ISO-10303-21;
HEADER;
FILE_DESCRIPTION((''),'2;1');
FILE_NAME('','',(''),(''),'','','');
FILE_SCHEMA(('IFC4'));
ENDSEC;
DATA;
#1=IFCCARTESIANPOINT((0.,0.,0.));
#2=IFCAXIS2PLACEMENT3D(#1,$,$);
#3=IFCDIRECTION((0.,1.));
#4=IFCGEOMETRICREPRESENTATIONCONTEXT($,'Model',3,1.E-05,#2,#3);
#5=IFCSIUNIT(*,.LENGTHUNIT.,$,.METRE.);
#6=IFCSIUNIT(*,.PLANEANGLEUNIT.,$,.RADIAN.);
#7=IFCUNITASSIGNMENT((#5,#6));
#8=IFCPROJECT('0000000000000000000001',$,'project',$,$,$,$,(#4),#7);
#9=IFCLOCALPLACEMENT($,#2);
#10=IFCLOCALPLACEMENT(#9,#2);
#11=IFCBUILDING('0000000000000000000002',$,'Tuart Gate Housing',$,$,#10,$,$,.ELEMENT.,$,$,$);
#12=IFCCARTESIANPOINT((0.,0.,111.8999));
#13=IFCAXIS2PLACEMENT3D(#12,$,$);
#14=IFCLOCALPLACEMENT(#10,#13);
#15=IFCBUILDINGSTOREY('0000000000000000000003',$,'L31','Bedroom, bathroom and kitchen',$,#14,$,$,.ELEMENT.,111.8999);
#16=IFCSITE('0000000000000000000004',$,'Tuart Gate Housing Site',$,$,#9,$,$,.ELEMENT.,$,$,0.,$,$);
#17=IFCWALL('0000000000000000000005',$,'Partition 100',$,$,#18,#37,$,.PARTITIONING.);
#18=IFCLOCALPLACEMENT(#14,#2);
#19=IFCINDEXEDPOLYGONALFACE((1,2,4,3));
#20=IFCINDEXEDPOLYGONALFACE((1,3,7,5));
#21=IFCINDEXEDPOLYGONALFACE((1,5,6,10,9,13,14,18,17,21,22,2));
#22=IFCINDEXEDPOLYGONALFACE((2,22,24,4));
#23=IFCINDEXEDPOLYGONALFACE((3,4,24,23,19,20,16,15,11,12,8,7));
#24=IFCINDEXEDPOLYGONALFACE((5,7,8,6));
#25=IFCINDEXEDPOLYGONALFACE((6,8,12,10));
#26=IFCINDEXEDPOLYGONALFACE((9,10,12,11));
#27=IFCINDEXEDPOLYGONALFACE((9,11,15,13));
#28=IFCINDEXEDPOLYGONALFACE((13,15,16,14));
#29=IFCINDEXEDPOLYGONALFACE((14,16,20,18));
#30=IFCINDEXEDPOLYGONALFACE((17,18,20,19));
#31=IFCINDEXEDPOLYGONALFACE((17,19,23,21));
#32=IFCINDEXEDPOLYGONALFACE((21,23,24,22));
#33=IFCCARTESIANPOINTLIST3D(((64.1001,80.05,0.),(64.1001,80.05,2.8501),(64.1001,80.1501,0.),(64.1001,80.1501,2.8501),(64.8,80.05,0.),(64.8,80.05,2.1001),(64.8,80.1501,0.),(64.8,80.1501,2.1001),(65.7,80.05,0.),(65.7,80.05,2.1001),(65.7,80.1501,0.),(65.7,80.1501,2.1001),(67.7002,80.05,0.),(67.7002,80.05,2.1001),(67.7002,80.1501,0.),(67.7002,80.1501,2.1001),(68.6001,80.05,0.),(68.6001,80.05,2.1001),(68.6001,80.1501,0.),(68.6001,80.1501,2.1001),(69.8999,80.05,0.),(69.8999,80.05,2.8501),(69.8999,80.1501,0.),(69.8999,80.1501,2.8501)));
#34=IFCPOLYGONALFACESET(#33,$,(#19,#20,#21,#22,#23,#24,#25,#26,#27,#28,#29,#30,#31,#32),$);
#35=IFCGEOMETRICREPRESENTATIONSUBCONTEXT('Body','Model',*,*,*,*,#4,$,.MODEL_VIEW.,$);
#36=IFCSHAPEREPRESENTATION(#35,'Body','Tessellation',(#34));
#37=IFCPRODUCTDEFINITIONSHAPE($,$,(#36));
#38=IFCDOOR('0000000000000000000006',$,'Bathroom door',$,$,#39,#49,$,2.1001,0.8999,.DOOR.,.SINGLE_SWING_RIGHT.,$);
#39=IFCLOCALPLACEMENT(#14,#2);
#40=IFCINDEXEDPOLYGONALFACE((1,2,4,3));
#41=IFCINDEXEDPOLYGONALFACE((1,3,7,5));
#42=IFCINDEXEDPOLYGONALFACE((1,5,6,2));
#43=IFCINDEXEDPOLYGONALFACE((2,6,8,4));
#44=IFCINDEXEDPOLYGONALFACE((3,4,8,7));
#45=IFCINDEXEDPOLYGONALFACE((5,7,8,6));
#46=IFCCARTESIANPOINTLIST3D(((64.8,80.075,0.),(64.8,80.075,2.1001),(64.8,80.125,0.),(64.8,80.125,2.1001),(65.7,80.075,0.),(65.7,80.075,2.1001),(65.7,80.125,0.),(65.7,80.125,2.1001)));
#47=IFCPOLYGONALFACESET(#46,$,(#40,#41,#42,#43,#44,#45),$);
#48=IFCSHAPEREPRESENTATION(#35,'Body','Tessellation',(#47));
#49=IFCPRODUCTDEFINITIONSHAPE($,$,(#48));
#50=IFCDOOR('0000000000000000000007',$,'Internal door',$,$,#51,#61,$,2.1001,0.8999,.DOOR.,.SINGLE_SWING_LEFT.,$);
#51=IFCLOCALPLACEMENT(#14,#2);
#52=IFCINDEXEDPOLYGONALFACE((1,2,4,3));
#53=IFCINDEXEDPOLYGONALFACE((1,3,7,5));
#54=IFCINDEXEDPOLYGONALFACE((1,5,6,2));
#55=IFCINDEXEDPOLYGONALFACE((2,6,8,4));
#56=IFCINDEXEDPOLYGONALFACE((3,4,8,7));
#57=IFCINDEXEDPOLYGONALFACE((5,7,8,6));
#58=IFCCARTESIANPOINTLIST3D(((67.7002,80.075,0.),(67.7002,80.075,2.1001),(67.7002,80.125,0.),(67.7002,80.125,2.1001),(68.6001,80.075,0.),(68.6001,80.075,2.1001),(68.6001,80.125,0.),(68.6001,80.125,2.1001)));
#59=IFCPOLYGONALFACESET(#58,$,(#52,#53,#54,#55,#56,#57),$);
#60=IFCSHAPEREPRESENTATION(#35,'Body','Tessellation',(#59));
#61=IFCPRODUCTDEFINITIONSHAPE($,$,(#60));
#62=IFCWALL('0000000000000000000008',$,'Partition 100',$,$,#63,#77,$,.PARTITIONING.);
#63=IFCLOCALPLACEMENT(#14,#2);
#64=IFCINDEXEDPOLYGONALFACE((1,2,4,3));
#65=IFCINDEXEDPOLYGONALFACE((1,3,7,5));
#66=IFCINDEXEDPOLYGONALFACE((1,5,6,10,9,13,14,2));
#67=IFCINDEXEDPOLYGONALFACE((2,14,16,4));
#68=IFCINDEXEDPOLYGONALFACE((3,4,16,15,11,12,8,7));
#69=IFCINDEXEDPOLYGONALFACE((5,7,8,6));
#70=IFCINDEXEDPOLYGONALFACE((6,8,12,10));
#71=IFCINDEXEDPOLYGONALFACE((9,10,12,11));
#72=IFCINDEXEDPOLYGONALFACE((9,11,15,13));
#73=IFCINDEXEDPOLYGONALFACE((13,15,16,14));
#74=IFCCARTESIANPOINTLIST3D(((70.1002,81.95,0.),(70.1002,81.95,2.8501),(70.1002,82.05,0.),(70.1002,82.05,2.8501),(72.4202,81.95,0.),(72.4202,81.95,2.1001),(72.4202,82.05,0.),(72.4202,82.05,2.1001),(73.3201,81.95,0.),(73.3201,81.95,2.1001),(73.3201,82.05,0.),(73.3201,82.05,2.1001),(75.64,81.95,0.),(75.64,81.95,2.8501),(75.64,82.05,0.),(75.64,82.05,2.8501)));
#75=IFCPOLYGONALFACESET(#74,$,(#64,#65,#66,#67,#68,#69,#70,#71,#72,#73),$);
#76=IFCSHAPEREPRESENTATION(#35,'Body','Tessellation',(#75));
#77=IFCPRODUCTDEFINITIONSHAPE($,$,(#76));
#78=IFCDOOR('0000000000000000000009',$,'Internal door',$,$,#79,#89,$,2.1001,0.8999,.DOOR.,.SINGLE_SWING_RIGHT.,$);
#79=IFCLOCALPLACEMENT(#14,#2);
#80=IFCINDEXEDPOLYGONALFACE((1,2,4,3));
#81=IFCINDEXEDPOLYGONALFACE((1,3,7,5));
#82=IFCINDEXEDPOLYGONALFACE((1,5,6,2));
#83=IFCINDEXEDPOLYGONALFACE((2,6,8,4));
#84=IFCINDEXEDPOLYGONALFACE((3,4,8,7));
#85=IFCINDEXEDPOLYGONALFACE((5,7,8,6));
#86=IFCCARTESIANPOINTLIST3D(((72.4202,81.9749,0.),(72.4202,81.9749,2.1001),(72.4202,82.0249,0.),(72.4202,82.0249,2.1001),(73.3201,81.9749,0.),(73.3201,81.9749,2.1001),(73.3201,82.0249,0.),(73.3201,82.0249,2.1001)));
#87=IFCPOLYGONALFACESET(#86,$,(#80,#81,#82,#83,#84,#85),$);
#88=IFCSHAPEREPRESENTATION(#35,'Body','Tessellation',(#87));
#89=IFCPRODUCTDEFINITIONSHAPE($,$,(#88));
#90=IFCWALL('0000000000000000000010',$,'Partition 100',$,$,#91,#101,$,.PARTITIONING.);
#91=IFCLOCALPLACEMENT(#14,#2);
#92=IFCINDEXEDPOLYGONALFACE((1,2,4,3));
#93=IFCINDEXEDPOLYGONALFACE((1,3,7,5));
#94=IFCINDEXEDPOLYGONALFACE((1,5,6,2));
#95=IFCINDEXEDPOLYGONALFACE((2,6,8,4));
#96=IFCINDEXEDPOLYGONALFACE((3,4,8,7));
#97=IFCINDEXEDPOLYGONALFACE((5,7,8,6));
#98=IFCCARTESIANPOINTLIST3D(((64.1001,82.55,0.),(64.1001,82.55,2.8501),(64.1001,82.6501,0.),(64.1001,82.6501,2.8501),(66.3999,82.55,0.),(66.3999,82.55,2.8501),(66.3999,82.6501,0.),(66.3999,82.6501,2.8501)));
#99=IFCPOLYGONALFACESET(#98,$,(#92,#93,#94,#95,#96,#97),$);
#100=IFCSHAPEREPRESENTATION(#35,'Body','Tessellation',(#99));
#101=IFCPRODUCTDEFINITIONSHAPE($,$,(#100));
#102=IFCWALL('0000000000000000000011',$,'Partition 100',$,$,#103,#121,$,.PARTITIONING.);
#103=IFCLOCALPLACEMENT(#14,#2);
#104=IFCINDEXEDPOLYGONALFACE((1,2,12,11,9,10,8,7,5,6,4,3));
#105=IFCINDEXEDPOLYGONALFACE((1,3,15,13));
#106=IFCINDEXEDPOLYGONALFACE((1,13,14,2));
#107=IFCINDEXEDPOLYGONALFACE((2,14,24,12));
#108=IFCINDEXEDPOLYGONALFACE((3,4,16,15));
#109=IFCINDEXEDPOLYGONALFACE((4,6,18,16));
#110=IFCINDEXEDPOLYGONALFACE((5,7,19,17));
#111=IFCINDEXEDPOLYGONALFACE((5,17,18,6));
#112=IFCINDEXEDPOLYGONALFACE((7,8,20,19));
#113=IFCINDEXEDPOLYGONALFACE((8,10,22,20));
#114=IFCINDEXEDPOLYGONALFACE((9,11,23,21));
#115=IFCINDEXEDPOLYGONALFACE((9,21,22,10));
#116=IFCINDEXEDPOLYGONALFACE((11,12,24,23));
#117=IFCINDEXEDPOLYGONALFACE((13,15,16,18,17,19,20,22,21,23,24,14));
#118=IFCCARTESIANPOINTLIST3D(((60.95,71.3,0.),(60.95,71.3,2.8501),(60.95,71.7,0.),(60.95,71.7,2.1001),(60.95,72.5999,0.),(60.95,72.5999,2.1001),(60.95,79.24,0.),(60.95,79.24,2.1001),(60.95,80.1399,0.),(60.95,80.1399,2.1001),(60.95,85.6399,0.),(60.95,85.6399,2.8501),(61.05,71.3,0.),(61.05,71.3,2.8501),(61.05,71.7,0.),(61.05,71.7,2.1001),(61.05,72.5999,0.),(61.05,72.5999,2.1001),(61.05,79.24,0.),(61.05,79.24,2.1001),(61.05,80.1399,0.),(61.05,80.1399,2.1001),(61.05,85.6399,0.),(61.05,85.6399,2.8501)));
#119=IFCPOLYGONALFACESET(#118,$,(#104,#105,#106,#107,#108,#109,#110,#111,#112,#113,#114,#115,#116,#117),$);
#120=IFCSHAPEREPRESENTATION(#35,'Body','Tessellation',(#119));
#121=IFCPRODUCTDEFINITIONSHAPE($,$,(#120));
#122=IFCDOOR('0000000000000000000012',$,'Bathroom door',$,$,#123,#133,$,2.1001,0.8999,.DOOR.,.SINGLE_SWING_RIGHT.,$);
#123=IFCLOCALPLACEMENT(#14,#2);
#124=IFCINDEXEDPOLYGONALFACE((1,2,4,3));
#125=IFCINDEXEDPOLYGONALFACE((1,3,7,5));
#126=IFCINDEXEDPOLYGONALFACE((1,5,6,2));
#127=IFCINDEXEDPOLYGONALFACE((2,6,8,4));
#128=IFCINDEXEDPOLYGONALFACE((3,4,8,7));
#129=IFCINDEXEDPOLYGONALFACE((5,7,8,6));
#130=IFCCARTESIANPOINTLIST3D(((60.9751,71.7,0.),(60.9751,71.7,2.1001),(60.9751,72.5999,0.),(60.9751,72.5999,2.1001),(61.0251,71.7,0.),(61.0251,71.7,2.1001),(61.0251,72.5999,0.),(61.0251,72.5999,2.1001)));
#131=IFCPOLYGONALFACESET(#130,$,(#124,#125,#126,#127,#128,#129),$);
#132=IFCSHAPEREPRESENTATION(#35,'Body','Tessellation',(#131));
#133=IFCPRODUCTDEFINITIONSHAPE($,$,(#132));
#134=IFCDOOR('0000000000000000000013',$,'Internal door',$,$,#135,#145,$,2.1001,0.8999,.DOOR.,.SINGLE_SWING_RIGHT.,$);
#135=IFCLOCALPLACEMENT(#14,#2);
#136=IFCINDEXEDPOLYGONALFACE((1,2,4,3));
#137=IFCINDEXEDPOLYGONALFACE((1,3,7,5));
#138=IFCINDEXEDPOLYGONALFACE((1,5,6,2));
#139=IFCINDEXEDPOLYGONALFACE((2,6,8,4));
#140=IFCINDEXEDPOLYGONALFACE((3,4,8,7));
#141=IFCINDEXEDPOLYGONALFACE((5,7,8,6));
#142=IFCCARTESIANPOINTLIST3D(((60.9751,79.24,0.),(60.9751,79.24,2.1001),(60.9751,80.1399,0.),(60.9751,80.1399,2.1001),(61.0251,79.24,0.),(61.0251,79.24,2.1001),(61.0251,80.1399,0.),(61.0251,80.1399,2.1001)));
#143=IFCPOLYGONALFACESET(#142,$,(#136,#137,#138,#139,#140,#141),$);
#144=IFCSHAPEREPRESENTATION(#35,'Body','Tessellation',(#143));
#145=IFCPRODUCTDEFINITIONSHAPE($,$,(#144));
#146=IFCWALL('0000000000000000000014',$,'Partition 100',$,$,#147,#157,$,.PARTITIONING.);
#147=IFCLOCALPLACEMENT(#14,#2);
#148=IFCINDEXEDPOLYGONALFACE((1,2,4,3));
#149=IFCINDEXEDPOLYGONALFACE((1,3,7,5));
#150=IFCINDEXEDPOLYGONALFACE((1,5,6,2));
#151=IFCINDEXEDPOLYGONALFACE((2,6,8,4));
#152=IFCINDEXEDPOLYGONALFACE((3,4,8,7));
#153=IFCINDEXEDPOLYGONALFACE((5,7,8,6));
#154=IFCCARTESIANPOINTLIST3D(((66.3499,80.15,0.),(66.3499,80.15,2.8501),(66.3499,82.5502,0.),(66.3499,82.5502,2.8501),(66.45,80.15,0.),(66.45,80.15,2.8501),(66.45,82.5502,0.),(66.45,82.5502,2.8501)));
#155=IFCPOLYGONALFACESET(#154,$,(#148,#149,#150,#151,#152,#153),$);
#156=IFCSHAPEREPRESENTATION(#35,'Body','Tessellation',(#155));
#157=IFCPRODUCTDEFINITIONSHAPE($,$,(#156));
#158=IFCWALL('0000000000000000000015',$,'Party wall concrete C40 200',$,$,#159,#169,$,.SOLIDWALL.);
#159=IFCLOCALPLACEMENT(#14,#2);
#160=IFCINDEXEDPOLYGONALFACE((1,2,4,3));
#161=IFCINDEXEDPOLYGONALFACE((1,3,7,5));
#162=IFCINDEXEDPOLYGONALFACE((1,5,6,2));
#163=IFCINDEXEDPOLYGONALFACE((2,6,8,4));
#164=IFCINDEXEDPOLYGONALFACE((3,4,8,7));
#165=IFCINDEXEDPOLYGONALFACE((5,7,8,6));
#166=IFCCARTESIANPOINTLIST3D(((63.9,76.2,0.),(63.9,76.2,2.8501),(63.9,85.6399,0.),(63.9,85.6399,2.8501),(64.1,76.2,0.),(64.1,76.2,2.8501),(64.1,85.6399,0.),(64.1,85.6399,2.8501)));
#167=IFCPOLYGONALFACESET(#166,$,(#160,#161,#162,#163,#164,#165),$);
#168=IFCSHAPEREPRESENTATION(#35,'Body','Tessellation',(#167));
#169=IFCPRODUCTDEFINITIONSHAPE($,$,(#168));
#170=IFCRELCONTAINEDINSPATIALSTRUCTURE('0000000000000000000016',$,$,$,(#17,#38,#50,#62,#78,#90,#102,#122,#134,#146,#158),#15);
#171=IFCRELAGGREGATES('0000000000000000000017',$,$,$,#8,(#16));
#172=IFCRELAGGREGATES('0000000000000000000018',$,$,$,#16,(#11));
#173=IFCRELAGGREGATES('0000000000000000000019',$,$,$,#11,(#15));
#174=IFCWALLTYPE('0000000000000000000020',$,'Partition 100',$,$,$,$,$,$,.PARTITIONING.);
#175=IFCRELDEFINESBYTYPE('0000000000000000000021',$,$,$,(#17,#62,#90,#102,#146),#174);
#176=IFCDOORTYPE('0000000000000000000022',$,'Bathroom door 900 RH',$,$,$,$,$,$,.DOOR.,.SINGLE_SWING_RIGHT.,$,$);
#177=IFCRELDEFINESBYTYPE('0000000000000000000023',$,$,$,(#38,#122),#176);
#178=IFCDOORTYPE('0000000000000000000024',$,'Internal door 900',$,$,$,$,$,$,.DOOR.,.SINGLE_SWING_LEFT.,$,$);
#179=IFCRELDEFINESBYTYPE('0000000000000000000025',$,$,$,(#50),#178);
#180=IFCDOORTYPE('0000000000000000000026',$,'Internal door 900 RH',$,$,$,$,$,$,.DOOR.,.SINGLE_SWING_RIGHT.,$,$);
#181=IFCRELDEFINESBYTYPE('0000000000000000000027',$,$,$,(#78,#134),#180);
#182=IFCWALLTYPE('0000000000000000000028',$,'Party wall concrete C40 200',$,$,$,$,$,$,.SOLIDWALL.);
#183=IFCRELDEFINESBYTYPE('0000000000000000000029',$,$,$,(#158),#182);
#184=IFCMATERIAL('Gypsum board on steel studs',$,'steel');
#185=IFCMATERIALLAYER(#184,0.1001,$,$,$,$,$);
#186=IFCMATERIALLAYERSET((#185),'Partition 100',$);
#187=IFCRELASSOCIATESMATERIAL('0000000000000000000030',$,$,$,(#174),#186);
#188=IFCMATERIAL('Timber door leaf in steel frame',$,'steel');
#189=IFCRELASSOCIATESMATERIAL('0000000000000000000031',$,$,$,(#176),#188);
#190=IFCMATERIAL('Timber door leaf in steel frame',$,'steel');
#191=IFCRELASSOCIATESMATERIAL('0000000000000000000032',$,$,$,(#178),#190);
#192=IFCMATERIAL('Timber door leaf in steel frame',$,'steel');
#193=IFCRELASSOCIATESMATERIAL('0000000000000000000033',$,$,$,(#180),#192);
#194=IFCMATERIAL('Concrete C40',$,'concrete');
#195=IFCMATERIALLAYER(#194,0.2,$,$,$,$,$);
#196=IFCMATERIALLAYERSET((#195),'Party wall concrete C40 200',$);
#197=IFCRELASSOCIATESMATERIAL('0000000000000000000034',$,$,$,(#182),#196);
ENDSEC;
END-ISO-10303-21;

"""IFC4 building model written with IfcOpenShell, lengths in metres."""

from ifc_helpers import new_model, si_unit, direction, frame, frame_2d, origin, place, context, subcontext, project, spatial, rectangle, extrude, material, layer, layer_set, type_object, element, fill, save


model = new_model("IFC4")

# Units and contexts
model_context = context("Model", 3, precision=1e-05, world=origin(), true_north=direction((0.0, 1.0)))
body_context = subcontext(model_context, "Body", "Model", "MODEL_VIEW")
ifc_project = project(units=[si_unit("LENGTHUNIT", "METRE"), si_unit("PLANEANGLEUNIT", "RADIAN")], contexts=[model_context])

# Site, building, storey
site_placement = place(None, origin())
site = spatial("IfcSite", under=ifc_project, at=site_placement, Name="Tuart Gate Housing Site", CompositionType="ELEMENT", RefElevation=0.0)
building_placement = place(site_placement, origin())
building = spatial("IfcBuilding", under=site, at=building_placement, Name="Tuart Gate Housing", CompositionType="ELEMENT")
storey_placement = place(building_placement, frame((0.0, 0.0, 111.8999)))
storey = spatial("IfcBuildingStorey", under=building, at=storey_placement, Name="L31", Description="Bedroom, bathroom and kitchen", CompositionType="ELEMENT", Elevation=111.8999)

# Shared definitions
ifc_material_1 = material(Name="Gypsum board on steel studs", Category="steel")
ifc_layer_1 = layer(ifc_material_1, 0.1001)
ifc_layer_set_1 = layer_set([ifc_layer_1], Name="Partition 100")
wall_type_1 = type_object("IfcWallType", Name="Partition 100", PredefinedType="PARTITIONING", material=ifc_layer_set_1)

# Wall, openings, doors
wall_1_placement = place(storey_placement, frame((64.1001, 80.1001, 0.0), z_axis=(0.0, 0.0, 1.0), x_axis=(1.0, 0.0, 0.0)))
wall_1 = element("IfcWall", 1, at=wall_1_placement, inside=storey, type_object=wall_type_1, Name="Partition 100", PredefinedType="PARTITIONING", context=body_context, shape_type="SweptSolid", body=[
    extrude(rectangle(XDim=5.7998, YDim=0.1001, at=frame_2d((2.8999, 0.0))), origin(), (0.0, 0.0, 1.0), 2.8501),
])
opening_1_placement = place(wall_1_placement, frame((3.6001, 0.0, 0.0)))
opening_1 = element("IfcOpeningElement", 2, at=opening_1_placement, cuts=wall_1, PredefinedType="OPENING", context=body_context, shape_type="SweptSolid", body=[
    extrude(rectangle(XDim=0.8999, YDim=2.1001, at=frame_2d((0.45, 1.05))), frame((0.0, 0.0601, 0.0), z_axis=(0.0, -1.0, 0.0), x_axis=(1.0, 0.0, 0.0)), (0.0, 0.0, 1.0), 0.1201),
])
opening_2_placement = place(wall_1_placement, frame((0.7, 0.0, 0.0)))
opening_2 = element("IfcOpeningElement", 3, at=opening_2_placement, cuts=wall_1, PredefinedType="OPENING", context=body_context, shape_type="SweptSolid", body=[
    extrude(rectangle(XDim=0.8999, YDim=2.1001, at=frame_2d((0.45, 1.05))), frame((0.0, 0.0601, 0.0), z_axis=(0.0, -1.0, 0.0), x_axis=(1.0, 0.0, 0.0)), (0.0, 0.0, 1.0), 0.1201),
])
ifc_material_2 = material(Name="Timber door leaf in steel frame", Category="steel")
door_type_1 = type_object("IfcDoorType", Name="Bathroom door 900 RH", OperationType="SINGLE_SWING_RIGHT", PredefinedType="DOOR", material=ifc_material_2)
door_1_placement = place(opening_2_placement, origin())
door_1 = element("IfcDoor", 4, at=door_1_placement, inside=storey, type_object=door_type_1, Name="Bathroom door", OperationType="SINGLE_SWING_RIGHT", OverallHeight=2.1001, OverallWidth=0.8999, PredefinedType="DOOR", context=body_context, shape_type="SweptSolid", body=[
    extrude(rectangle(XDim=0.8999, YDim=2.1001, at=frame_2d((0.45, 1.05))), frame((0.0, 0.0249, 0.0), z_axis=(0.0, -1.0, 0.0), x_axis=(1.0, 0.0, 0.0)), (0.0, 0.0, 1.0), 0.05),
])
fill(opening_2, door_1)
ifc_material_3 = material(Name="Timber door leaf in steel frame", Category="steel")
door_type_2 = type_object("IfcDoorType", Name="Internal door 900", OperationType="SINGLE_SWING_LEFT", PredefinedType="DOOR", material=ifc_material_3)
door_2_placement = place(opening_1_placement, origin())
door_2 = element("IfcDoor", 5, at=door_2_placement, inside=storey, type_object=door_type_2, Name="Internal door", OperationType="SINGLE_SWING_LEFT", OverallHeight=2.1001, OverallWidth=0.8999, PredefinedType="DOOR", context=body_context, shape_type="SweptSolid", body=[
    extrude(rectangle(XDim=0.8999, YDim=2.1001, at=frame_2d((0.45, 1.05))), frame((0.0, 0.0249, 0.0), z_axis=(0.0, -1.0, 0.0), x_axis=(1.0, 0.0, 0.0)), (0.0, 0.0, 1.0), 0.05),
])
fill(opening_1, door_2)

# Wall, opening, door
wall_2_placement = place(storey_placement, frame((70.1001, 82.0, 0.0), z_axis=(0.0, 0.0, 1.0), x_axis=(1.0, 0.0, 0.0)))
wall_2 = element("IfcWall", 6, at=wall_2_placement, inside=storey, type_object=wall_type_1, Name="Partition 100", PredefinedType="PARTITIONING", context=body_context, shape_type="SweptSolid", body=[
    extrude(rectangle(XDim=5.5398, YDim=0.1001, at=frame_2d((2.77, 0.0))), origin(), (0.0, 0.0, 1.0), 2.8501),
])
opening_3_placement = place(wall_2_placement, frame((2.3201, 0.0, 0.0)))
opening_3 = element("IfcOpeningElement", 7, at=opening_3_placement, cuts=wall_2, PredefinedType="OPENING", context=body_context, shape_type="SweptSolid", body=[
    extrude(rectangle(XDim=0.8999, YDim=2.1001, at=frame_2d((0.45, 1.05))), frame((0.0, 0.0601, 0.0), z_axis=(0.0, -1.0, 0.0), x_axis=(1.0, 0.0, 0.0)), (0.0, 0.0, 1.0), 0.1201),
])
ifc_material_4 = material(Name="Timber door leaf in steel frame", Category="steel")
door_type_3 = type_object("IfcDoorType", Name="Internal door 900 RH", OperationType="SINGLE_SWING_RIGHT", PredefinedType="DOOR", material=ifc_material_4)
door_3_placement = place(opening_3_placement, origin())
door_3 = element("IfcDoor", 8, at=door_3_placement, inside=storey, type_object=door_type_3, Name="Internal door", OperationType="SINGLE_SWING_RIGHT", OverallHeight=2.1001, OverallWidth=0.8999, PredefinedType="DOOR", context=body_context, shape_type="SweptSolid", body=[
    extrude(rectangle(XDim=0.8999, YDim=2.1001, at=frame_2d((0.45, 1.05))), frame((0.0, 0.0249, 0.0), z_axis=(0.0, -1.0, 0.0), x_axis=(1.0, 0.0, 0.0)), (0.0, 0.0, 1.0), 0.05),
])
fill(opening_3, door_3)

# Wall
wall_3_placement = place(storey_placement, frame((64.1001, 82.6001, 0.0), z_axis=(0.0, 0.0, 1.0), x_axis=(1.0, 0.0, 0.0)))
element("IfcWall", 9, at=wall_3_placement, inside=storey, type_object=wall_type_1, Name="Partition 100", PredefinedType="PARTITIONING", context=body_context, shape_type="SweptSolid", body=[
    extrude(rectangle(XDim=2.2998, YDim=0.1001, at=frame_2d((1.1499, 0.0))), origin(), (0.0, 0.0, 1.0), 2.8501),
])

# Wall, openings, doors
wall_4_placement = place(storey_placement, frame((61.0, 71.3, 0.0), z_axis=(0.0, 0.0, 1.0), x_axis=(0.0, 1.0, 0.0)))
wall_4 = element("IfcWall", 10, at=wall_4_placement, inside=storey, type_object=wall_type_1, Name="Partition 100", PredefinedType="PARTITIONING", context=body_context, shape_type="SweptSolid", body=[
    extrude(rectangle(XDim=14.3398, YDim=0.1001, at=frame_2d((7.1699, 0.0))), origin(), (0.0, 0.0, 1.0), 2.8501),
])
opening_4_placement = place(wall_4_placement, frame((7.9399, 0.0, 0.0)))
opening_4 = element("IfcOpeningElement", 11, at=opening_4_placement, cuts=wall_4, PredefinedType="OPENING", context=body_context, shape_type="SweptSolid", body=[
    extrude(rectangle(XDim=0.8999, YDim=2.1001, at=frame_2d((0.45, 1.05))), frame((0.0, 0.0601, 0.0), z_axis=(0.0, -1.0, 0.0), x_axis=(1.0, 0.0, 0.0)), (0.0, 0.0, 1.0), 0.1201),
])
opening_5_placement = place(wall_4_placement, frame((0.3999, 0.0, 0.0)))
opening_5 = element("IfcOpeningElement", 12, at=opening_5_placement, cuts=wall_4, PredefinedType="OPENING", context=body_context, shape_type="SweptSolid", body=[
    extrude(rectangle(XDim=0.8999, YDim=2.1001, at=frame_2d((0.45, 1.05))), frame((0.0, 0.0601, 0.0), z_axis=(0.0, -1.0, 0.0), x_axis=(1.0, 0.0, 0.0)), (0.0, 0.0, 1.0), 0.1201),
])
door_4_placement = place(opening_5_placement, frame((0.8999, 0.0, 0.0), z_axis=(0.0, 0.0, 1.0), x_axis=(-1.0, 0.0, 0.0)))
door_4 = element("IfcDoor", 13, at=door_4_placement, inside=storey, type_object=door_type_1, Name="Bathroom door", OperationType="SINGLE_SWING_RIGHT", OverallHeight=2.1001, OverallWidth=0.8999, PredefinedType="DOOR", context=body_context, shape_type="SweptSolid", body=[
    extrude(rectangle(XDim=0.8999, YDim=2.1001, at=frame_2d((0.45, 1.05))), frame((0.0, 0.0251, 0.0), z_axis=(0.0, -1.0, 0.0), x_axis=(1.0, 0.0, 0.0)), (0.0, 0.0, 1.0), 0.05),
])
fill(opening_5, door_4)
door_5_placement = place(opening_4_placement, frame((0.8999, 0.0, 0.0), z_axis=(0.0, 0.0, 1.0), x_axis=(-1.0, 0.0, 0.0)))
door_5 = element("IfcDoor", 14, at=door_5_placement, inside=storey, type_object=door_type_3, Name="Internal door", OperationType="SINGLE_SWING_RIGHT", OverallHeight=2.1001, OverallWidth=0.8999, PredefinedType="DOOR", context=body_context, shape_type="SweptSolid", body=[
    extrude(rectangle(XDim=0.8999, YDim=2.1001, at=frame_2d((0.45, 1.05))), frame((0.0, 0.0251, 0.0), z_axis=(0.0, -1.0, 0.0), x_axis=(1.0, 0.0, 0.0)), (0.0, 0.0, 1.0), 0.05),
])
fill(opening_4, door_5)

# Walls
wall_5_placement = place(storey_placement, frame((66.3999, 80.1499, 0.0), z_axis=(0.0, 0.0, 1.0), x_axis=(0.0, 1.0, 0.0)))
element("IfcWall", 15, at=wall_5_placement, inside=storey, type_object=wall_type_1, Name="Partition 100", PredefinedType="PARTITIONING", context=body_context, shape_type="SweptSolid", body=[
    extrude(rectangle(XDim=2.4001, YDim=0.1001, at=frame_2d((1.2002, 0.0))), origin(), (0.0, 0.0, 1.0), 2.8501),
])
ifc_material_5 = material(Name="Concrete C40", Category="concrete")
ifc_layer_2 = layer(ifc_material_5, 0.2)
ifc_layer_set_2 = layer_set([ifc_layer_2], Name="Party wall concrete C40 200")
wall_type_2 = type_object("IfcWallType", Name="Party wall concrete C40 200", PredefinedType="SOLIDWALL", material=ifc_layer_set_2)
wall_6_placement = place(storey_placement, frame((64.0, 76.2, 0.0), z_axis=(0.0, 0.0, 1.0), x_axis=(0.0, 1.0, 0.0)))
element("IfcWall", 16, at=wall_6_placement, inside=storey, type_object=wall_type_2, Name="Party wall concrete C40 200", PredefinedType="SOLIDWALL", context=body_context, shape_type="SweptSolid", body=[
    extrude(rectangle(XDim=9.4399, YDim=0.2, at=frame_2d((4.72, 0.0))), origin(), (0.0, 0.0, 1.0), 2.8501),
])

save(model, "model.ifc")
